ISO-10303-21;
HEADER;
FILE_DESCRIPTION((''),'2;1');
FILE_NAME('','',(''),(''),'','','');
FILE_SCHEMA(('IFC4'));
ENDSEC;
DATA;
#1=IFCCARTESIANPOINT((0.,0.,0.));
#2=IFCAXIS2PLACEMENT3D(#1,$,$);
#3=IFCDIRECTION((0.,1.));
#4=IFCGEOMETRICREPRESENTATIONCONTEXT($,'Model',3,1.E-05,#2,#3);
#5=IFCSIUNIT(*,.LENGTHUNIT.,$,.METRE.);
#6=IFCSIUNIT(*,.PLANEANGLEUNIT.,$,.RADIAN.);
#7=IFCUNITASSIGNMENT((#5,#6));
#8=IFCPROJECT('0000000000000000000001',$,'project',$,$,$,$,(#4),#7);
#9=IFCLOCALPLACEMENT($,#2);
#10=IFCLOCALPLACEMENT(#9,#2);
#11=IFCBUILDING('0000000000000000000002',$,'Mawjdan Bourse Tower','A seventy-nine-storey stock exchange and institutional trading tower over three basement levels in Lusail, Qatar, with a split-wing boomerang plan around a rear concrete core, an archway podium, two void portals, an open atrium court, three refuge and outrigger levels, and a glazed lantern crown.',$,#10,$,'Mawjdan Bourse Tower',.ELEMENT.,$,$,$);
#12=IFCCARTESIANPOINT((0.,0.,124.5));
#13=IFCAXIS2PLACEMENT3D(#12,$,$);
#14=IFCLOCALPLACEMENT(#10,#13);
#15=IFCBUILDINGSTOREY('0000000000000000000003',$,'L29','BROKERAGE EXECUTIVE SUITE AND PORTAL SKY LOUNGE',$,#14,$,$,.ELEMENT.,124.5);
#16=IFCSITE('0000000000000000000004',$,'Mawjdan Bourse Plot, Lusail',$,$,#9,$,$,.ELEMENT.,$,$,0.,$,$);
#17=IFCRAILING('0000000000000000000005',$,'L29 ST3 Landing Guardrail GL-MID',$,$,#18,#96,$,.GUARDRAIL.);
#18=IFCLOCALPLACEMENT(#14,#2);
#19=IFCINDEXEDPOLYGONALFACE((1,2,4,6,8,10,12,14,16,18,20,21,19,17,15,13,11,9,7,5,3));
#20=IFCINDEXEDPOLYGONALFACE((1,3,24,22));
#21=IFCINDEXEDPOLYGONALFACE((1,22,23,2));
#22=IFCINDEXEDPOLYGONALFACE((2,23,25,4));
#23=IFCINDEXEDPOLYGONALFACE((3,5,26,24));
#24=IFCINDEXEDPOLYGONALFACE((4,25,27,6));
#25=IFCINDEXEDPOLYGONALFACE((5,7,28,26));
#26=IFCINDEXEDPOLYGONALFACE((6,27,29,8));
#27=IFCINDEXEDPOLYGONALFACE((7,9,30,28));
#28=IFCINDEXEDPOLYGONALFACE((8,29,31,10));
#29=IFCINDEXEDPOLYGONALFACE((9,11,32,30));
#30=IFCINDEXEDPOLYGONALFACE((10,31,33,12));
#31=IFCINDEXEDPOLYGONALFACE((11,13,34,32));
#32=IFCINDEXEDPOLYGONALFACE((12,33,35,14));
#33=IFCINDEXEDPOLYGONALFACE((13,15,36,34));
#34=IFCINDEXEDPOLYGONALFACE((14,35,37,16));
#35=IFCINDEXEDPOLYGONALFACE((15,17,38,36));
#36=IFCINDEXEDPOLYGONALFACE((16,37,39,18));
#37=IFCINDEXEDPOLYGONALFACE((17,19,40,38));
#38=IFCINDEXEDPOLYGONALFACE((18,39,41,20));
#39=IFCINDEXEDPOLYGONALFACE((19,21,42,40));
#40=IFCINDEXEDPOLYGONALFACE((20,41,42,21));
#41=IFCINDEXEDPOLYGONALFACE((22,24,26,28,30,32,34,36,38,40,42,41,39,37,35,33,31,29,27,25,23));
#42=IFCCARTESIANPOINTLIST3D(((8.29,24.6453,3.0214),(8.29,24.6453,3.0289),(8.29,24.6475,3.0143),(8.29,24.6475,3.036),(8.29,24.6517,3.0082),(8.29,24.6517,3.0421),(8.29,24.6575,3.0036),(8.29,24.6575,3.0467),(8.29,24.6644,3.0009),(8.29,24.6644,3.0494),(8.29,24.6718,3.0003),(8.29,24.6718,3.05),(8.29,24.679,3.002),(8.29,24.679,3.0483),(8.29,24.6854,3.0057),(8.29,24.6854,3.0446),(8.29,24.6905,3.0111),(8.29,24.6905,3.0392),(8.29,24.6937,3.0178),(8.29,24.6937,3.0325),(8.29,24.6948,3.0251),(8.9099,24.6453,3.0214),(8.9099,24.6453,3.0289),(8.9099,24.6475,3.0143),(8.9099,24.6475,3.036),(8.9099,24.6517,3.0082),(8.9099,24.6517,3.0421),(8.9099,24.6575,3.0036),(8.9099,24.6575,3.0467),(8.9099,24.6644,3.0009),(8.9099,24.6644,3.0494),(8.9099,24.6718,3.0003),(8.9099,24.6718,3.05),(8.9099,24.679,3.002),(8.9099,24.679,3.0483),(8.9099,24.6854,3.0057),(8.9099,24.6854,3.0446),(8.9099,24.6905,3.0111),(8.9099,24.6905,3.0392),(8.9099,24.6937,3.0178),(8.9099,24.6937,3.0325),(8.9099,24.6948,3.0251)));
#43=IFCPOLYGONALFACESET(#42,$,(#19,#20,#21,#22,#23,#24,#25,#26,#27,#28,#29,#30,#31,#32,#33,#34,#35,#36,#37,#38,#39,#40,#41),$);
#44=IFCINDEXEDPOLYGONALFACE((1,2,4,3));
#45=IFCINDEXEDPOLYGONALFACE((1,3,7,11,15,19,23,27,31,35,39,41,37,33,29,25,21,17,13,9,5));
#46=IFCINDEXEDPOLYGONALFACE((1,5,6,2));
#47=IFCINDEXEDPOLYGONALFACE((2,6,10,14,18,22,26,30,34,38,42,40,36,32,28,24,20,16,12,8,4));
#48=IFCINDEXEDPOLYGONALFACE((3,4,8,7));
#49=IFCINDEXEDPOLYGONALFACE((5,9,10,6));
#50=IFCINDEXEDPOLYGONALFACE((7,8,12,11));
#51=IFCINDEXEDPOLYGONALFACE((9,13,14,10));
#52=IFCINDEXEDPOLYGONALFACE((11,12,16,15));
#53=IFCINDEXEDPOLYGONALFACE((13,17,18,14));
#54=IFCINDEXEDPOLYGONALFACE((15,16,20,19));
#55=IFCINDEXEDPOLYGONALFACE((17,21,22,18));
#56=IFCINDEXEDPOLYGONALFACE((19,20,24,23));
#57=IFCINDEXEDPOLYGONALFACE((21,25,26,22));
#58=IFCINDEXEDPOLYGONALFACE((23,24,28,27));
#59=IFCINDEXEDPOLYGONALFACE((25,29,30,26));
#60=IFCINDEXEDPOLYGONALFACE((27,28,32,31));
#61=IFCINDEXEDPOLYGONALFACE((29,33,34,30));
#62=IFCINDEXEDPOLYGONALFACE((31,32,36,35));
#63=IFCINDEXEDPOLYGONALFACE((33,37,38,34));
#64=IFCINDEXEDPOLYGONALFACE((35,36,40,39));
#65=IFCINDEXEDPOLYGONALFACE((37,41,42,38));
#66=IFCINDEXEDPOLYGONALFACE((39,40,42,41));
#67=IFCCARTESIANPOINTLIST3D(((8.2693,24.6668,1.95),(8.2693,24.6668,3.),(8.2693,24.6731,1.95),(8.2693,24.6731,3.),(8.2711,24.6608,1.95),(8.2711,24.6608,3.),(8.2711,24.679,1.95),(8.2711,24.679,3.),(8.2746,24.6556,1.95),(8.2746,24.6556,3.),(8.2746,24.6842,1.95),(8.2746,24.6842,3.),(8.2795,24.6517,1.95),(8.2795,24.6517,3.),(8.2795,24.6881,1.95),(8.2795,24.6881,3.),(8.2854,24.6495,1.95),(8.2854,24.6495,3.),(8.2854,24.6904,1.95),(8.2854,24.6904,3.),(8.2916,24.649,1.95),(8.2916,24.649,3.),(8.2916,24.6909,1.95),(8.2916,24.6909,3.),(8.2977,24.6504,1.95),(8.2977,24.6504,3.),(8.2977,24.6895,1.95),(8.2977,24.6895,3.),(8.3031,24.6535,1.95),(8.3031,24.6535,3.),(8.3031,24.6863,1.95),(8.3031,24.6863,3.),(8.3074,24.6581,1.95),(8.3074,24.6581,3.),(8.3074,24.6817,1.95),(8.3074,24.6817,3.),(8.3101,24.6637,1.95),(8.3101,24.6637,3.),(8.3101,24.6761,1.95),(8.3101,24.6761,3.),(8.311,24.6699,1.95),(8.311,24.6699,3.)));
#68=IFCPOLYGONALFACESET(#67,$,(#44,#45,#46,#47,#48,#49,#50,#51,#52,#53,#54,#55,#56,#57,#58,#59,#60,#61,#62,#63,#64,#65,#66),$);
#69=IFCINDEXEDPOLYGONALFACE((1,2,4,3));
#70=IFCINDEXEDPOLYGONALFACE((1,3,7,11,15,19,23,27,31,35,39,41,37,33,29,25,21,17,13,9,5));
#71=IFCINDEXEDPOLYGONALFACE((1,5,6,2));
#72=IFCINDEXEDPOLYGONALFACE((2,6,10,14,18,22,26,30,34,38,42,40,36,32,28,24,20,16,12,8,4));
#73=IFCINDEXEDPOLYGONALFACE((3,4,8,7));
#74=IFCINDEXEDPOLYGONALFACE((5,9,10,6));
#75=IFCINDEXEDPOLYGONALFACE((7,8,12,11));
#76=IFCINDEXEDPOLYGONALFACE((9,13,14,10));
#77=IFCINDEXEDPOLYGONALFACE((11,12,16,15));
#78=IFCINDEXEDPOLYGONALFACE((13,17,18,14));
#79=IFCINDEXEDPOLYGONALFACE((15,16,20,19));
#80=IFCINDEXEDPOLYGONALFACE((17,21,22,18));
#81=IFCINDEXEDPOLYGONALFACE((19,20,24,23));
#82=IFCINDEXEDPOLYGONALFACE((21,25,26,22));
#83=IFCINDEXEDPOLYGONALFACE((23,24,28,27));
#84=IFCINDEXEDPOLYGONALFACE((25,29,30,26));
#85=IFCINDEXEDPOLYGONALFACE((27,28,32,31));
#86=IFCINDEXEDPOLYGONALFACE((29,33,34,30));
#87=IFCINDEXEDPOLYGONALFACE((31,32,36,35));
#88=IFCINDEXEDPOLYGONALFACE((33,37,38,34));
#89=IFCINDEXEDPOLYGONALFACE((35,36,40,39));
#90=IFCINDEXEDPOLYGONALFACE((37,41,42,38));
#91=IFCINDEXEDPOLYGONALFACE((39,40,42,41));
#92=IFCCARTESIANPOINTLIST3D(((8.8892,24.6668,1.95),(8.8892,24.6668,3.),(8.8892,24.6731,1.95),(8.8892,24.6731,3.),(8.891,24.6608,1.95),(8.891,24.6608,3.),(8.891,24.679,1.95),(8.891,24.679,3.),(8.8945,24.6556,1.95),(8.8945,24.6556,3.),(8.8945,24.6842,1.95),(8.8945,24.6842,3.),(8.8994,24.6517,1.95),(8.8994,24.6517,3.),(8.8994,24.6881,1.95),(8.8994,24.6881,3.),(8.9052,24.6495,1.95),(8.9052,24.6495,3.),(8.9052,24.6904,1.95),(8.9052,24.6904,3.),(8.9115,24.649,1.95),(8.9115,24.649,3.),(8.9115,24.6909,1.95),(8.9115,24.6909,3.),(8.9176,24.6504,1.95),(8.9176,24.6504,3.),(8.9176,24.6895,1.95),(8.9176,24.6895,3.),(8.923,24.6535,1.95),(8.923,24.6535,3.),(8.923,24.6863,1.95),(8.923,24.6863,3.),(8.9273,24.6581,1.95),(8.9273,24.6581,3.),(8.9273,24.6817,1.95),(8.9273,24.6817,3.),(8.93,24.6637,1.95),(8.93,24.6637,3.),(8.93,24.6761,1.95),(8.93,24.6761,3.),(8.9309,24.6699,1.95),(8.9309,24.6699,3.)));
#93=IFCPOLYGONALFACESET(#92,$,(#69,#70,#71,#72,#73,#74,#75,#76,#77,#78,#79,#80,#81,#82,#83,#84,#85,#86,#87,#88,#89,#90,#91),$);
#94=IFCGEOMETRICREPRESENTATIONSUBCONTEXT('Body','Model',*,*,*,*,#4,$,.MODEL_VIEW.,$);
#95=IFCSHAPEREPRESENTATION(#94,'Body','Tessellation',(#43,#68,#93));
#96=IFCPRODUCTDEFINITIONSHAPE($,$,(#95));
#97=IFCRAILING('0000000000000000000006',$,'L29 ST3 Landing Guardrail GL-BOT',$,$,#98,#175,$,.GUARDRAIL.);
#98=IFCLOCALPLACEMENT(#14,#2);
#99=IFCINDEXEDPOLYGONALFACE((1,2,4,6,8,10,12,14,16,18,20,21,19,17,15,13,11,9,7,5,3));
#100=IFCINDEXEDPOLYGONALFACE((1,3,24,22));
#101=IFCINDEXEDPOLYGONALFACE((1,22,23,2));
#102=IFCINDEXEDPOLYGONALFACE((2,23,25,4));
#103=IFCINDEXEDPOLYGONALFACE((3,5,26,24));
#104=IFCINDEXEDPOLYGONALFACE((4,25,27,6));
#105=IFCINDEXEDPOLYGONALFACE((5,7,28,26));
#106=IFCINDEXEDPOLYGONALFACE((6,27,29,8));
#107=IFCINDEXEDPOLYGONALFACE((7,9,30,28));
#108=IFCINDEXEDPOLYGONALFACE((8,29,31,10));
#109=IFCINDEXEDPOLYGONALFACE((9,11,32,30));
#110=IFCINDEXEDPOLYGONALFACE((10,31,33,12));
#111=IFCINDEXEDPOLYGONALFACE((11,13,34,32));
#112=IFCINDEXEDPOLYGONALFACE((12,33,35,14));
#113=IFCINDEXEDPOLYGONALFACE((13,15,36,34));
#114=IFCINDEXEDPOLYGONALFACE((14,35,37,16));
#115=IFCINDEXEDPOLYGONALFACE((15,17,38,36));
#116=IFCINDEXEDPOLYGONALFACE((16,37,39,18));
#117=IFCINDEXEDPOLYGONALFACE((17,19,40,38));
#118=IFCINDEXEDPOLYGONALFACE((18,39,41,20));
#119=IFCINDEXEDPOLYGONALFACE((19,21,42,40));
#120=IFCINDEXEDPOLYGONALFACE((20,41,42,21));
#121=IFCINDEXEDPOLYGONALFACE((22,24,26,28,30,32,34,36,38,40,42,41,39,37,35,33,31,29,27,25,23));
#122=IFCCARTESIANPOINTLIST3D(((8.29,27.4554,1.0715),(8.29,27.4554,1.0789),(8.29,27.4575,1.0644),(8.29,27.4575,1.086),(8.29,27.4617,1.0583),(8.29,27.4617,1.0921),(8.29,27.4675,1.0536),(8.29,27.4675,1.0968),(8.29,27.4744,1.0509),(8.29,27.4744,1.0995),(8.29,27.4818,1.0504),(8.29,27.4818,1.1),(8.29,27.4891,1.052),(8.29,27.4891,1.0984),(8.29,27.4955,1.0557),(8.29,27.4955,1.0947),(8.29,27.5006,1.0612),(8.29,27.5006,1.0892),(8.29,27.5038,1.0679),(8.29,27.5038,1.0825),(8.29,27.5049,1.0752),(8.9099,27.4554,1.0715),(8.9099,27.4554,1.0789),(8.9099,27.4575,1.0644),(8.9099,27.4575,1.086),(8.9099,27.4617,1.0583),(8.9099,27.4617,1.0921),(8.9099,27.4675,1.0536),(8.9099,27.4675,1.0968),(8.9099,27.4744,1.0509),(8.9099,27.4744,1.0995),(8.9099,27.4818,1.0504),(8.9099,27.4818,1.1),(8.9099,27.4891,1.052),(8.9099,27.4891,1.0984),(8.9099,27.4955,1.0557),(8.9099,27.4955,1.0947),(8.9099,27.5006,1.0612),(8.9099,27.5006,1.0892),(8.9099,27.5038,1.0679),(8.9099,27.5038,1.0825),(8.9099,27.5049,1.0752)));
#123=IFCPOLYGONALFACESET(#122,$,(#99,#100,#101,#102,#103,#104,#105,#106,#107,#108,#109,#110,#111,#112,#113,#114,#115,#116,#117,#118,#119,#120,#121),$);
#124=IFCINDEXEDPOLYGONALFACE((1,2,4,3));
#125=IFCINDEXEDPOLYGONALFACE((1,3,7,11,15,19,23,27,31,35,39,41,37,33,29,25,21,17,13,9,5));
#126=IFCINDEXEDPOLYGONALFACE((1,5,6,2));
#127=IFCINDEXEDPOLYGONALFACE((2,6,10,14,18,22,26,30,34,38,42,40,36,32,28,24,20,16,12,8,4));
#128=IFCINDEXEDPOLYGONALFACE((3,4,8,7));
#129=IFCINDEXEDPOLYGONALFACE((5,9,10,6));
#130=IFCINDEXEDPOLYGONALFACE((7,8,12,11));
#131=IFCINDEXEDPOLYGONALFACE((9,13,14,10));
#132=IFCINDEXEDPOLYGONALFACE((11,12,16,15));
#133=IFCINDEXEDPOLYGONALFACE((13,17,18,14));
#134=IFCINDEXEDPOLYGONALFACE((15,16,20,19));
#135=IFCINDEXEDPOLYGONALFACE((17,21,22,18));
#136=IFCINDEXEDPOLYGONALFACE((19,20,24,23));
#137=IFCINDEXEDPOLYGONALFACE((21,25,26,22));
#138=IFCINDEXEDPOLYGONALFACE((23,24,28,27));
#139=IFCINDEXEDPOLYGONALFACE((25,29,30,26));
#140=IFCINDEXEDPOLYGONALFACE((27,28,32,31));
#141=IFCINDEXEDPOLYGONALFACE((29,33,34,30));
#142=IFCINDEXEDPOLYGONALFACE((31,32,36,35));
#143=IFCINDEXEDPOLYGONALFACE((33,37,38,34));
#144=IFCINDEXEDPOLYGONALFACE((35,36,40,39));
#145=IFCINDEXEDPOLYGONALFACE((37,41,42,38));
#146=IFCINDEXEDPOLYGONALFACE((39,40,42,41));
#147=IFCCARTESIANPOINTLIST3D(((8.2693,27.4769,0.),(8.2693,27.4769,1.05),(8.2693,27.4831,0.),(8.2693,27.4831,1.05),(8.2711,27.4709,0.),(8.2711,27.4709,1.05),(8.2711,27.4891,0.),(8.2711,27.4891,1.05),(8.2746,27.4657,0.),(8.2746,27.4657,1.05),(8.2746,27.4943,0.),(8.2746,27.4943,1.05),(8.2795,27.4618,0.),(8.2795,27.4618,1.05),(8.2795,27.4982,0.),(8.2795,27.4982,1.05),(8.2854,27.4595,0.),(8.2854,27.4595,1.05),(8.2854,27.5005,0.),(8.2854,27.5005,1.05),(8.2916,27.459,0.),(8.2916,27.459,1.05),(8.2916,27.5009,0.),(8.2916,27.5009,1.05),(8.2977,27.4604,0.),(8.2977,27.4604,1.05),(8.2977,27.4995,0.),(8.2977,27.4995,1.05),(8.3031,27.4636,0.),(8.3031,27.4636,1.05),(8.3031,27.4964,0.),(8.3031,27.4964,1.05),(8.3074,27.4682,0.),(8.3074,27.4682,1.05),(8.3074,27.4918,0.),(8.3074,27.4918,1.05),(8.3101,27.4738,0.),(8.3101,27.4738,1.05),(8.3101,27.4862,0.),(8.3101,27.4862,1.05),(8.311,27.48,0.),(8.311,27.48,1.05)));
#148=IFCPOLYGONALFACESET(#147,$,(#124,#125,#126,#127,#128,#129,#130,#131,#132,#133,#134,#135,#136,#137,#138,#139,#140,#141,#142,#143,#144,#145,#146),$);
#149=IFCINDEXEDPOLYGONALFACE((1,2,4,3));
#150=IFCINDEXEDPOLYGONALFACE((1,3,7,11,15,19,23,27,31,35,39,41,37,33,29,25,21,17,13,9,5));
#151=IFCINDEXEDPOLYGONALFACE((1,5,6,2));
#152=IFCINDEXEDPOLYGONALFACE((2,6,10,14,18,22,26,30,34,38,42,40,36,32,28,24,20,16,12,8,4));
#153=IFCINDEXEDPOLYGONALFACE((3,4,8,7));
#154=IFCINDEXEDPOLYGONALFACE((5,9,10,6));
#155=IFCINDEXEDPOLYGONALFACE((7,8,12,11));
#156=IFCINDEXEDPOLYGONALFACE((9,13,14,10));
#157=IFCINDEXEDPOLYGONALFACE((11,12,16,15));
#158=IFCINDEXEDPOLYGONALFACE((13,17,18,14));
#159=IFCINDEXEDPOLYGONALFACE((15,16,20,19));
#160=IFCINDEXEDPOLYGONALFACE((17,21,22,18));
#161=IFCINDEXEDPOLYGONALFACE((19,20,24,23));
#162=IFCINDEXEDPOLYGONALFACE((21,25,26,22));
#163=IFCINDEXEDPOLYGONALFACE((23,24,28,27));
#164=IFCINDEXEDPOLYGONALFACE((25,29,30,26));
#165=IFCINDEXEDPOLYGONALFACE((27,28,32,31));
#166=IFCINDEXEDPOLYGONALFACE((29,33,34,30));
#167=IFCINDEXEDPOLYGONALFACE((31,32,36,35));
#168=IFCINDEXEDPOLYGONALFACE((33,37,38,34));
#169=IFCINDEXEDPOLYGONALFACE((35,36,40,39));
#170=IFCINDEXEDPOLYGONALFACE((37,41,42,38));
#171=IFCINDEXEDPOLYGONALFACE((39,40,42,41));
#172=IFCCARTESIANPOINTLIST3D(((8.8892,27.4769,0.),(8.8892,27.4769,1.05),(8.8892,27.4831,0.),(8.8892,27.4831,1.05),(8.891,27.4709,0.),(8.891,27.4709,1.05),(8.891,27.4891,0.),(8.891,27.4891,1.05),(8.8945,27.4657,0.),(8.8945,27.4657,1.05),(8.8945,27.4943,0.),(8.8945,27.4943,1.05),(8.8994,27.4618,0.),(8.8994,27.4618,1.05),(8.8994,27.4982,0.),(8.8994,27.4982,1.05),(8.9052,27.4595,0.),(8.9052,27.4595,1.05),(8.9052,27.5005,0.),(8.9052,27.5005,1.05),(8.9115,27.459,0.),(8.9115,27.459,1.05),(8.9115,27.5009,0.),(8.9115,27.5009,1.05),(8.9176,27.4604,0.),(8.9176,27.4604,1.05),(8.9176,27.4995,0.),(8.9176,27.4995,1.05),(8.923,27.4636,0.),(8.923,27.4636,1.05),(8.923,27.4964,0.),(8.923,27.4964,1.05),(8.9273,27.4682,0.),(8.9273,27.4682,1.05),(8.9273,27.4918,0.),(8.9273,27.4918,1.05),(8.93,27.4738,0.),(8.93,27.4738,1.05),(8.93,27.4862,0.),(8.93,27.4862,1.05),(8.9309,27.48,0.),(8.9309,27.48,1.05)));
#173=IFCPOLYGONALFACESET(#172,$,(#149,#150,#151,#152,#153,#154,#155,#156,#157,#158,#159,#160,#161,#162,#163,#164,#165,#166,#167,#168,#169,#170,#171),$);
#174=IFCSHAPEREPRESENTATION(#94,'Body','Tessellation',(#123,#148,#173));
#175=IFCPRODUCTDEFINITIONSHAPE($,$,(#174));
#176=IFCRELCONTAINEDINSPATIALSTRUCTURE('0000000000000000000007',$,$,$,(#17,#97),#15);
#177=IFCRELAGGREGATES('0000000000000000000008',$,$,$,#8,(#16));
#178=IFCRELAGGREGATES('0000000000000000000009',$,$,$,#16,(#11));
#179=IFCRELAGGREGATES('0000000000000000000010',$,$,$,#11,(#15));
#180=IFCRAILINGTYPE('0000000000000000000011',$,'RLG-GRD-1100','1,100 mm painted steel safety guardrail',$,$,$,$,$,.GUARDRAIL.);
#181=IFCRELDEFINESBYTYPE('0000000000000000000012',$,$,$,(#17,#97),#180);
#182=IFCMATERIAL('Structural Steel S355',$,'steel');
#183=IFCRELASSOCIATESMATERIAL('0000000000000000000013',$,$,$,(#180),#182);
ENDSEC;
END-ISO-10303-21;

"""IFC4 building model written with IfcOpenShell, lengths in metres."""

from ifc_helpers import new_model, si_unit, direction, frame, origin, origin_2d, place, context, subcontext, project, spatial, circle, extrude, material, type_object, element, save


model = new_model("IFC4")

# Units and contexts
model_context = context("Model", 3, precision=1e-05, world=origin(), true_north=direction((0.0, 1.0)))
body_context = subcontext(model_context, "Body", "Model", "MODEL_VIEW")
ifc_project = project(units=[si_unit("LENGTHUNIT", "METRE"), si_unit("PLANEANGLEUNIT", "RADIAN")], contexts=[model_context])

# Site, building, storey
site_placement = place(None, origin())
site = spatial("IfcSite", under=ifc_project, at=site_placement, Name="Mawjdan Bourse Plot, Lusail", CompositionType="ELEMENT", RefElevation=0.0)
building_placement = place(site_placement, origin())
building = spatial("IfcBuilding", under=site, at=building_placement, Name="Mawjdan Bourse Tower", Description="A seventy-nine-storey stock exchange and institutional trading tower over three basement levels in Lusail, Qatar, with a split-wing boomerang plan around a rear concrete core, an archway podium, two void portals, an open atrium court, three refuge and outrigger levels, and a glazed lantern crown.", LongName="Mawjdan Bourse Tower", CompositionType="ELEMENT")
storey_placement = place(building_placement, frame((0.0, 0.0, 124.5)))
storey = spatial("IfcBuildingStorey", under=building, at=storey_placement, Name="L29", Description="BROKERAGE EXECUTIVE SUITE AND PORTAL SKY LOUNGE", CompositionType="ELEMENT", Elevation=124.5)

# Shared definitions
ifc_material_1 = material(Name="Structural Steel S355", Category="steel")

# Railings
railing_type_1 = type_object("IfcRailingType", Name="RLG-GRD-1100", Description="1,100 mm painted steel safety guardrail", PredefinedType="GUARDRAIL", material=ifc_material_1)
for number, where, name in (
    (1, (8.29, 24.6699, 1.95), "L29 ST3 Landing Guardrail GL-MID"),
    (2, (8.29, 27.48, 0.0), "L29 ST3 Landing Guardrail GL-BOT"),
):
    element("IfcRailing", number, at=place(storey_placement, frame(where)), inside=storey, type_object=railing_type_1, Name=name, PredefinedType="GUARDRAIL", context=body_context, shape_type="SweptSolid", body=[
        extrude(circle(Radius=0.0249, at=origin_2d()), frame((0.0, 0.0, 1.0752), z_axis=(1.0, 0.0, 0.0), x_axis=(0.0, 1.0, 0.0)), (0.0, 0.0, 1.0), 0.6199),
        extrude(circle(Radius=0.021, at=origin_2d()), origin(), (0.0, 0.0, 1.0), 1.05),
        extrude(circle(Radius=0.021, at=origin_2d()), frame((0.6199, 0.0, 0.0)), (0.0, 0.0, 1.0), 1.05),
    ])

save(model, "model.ifc")
